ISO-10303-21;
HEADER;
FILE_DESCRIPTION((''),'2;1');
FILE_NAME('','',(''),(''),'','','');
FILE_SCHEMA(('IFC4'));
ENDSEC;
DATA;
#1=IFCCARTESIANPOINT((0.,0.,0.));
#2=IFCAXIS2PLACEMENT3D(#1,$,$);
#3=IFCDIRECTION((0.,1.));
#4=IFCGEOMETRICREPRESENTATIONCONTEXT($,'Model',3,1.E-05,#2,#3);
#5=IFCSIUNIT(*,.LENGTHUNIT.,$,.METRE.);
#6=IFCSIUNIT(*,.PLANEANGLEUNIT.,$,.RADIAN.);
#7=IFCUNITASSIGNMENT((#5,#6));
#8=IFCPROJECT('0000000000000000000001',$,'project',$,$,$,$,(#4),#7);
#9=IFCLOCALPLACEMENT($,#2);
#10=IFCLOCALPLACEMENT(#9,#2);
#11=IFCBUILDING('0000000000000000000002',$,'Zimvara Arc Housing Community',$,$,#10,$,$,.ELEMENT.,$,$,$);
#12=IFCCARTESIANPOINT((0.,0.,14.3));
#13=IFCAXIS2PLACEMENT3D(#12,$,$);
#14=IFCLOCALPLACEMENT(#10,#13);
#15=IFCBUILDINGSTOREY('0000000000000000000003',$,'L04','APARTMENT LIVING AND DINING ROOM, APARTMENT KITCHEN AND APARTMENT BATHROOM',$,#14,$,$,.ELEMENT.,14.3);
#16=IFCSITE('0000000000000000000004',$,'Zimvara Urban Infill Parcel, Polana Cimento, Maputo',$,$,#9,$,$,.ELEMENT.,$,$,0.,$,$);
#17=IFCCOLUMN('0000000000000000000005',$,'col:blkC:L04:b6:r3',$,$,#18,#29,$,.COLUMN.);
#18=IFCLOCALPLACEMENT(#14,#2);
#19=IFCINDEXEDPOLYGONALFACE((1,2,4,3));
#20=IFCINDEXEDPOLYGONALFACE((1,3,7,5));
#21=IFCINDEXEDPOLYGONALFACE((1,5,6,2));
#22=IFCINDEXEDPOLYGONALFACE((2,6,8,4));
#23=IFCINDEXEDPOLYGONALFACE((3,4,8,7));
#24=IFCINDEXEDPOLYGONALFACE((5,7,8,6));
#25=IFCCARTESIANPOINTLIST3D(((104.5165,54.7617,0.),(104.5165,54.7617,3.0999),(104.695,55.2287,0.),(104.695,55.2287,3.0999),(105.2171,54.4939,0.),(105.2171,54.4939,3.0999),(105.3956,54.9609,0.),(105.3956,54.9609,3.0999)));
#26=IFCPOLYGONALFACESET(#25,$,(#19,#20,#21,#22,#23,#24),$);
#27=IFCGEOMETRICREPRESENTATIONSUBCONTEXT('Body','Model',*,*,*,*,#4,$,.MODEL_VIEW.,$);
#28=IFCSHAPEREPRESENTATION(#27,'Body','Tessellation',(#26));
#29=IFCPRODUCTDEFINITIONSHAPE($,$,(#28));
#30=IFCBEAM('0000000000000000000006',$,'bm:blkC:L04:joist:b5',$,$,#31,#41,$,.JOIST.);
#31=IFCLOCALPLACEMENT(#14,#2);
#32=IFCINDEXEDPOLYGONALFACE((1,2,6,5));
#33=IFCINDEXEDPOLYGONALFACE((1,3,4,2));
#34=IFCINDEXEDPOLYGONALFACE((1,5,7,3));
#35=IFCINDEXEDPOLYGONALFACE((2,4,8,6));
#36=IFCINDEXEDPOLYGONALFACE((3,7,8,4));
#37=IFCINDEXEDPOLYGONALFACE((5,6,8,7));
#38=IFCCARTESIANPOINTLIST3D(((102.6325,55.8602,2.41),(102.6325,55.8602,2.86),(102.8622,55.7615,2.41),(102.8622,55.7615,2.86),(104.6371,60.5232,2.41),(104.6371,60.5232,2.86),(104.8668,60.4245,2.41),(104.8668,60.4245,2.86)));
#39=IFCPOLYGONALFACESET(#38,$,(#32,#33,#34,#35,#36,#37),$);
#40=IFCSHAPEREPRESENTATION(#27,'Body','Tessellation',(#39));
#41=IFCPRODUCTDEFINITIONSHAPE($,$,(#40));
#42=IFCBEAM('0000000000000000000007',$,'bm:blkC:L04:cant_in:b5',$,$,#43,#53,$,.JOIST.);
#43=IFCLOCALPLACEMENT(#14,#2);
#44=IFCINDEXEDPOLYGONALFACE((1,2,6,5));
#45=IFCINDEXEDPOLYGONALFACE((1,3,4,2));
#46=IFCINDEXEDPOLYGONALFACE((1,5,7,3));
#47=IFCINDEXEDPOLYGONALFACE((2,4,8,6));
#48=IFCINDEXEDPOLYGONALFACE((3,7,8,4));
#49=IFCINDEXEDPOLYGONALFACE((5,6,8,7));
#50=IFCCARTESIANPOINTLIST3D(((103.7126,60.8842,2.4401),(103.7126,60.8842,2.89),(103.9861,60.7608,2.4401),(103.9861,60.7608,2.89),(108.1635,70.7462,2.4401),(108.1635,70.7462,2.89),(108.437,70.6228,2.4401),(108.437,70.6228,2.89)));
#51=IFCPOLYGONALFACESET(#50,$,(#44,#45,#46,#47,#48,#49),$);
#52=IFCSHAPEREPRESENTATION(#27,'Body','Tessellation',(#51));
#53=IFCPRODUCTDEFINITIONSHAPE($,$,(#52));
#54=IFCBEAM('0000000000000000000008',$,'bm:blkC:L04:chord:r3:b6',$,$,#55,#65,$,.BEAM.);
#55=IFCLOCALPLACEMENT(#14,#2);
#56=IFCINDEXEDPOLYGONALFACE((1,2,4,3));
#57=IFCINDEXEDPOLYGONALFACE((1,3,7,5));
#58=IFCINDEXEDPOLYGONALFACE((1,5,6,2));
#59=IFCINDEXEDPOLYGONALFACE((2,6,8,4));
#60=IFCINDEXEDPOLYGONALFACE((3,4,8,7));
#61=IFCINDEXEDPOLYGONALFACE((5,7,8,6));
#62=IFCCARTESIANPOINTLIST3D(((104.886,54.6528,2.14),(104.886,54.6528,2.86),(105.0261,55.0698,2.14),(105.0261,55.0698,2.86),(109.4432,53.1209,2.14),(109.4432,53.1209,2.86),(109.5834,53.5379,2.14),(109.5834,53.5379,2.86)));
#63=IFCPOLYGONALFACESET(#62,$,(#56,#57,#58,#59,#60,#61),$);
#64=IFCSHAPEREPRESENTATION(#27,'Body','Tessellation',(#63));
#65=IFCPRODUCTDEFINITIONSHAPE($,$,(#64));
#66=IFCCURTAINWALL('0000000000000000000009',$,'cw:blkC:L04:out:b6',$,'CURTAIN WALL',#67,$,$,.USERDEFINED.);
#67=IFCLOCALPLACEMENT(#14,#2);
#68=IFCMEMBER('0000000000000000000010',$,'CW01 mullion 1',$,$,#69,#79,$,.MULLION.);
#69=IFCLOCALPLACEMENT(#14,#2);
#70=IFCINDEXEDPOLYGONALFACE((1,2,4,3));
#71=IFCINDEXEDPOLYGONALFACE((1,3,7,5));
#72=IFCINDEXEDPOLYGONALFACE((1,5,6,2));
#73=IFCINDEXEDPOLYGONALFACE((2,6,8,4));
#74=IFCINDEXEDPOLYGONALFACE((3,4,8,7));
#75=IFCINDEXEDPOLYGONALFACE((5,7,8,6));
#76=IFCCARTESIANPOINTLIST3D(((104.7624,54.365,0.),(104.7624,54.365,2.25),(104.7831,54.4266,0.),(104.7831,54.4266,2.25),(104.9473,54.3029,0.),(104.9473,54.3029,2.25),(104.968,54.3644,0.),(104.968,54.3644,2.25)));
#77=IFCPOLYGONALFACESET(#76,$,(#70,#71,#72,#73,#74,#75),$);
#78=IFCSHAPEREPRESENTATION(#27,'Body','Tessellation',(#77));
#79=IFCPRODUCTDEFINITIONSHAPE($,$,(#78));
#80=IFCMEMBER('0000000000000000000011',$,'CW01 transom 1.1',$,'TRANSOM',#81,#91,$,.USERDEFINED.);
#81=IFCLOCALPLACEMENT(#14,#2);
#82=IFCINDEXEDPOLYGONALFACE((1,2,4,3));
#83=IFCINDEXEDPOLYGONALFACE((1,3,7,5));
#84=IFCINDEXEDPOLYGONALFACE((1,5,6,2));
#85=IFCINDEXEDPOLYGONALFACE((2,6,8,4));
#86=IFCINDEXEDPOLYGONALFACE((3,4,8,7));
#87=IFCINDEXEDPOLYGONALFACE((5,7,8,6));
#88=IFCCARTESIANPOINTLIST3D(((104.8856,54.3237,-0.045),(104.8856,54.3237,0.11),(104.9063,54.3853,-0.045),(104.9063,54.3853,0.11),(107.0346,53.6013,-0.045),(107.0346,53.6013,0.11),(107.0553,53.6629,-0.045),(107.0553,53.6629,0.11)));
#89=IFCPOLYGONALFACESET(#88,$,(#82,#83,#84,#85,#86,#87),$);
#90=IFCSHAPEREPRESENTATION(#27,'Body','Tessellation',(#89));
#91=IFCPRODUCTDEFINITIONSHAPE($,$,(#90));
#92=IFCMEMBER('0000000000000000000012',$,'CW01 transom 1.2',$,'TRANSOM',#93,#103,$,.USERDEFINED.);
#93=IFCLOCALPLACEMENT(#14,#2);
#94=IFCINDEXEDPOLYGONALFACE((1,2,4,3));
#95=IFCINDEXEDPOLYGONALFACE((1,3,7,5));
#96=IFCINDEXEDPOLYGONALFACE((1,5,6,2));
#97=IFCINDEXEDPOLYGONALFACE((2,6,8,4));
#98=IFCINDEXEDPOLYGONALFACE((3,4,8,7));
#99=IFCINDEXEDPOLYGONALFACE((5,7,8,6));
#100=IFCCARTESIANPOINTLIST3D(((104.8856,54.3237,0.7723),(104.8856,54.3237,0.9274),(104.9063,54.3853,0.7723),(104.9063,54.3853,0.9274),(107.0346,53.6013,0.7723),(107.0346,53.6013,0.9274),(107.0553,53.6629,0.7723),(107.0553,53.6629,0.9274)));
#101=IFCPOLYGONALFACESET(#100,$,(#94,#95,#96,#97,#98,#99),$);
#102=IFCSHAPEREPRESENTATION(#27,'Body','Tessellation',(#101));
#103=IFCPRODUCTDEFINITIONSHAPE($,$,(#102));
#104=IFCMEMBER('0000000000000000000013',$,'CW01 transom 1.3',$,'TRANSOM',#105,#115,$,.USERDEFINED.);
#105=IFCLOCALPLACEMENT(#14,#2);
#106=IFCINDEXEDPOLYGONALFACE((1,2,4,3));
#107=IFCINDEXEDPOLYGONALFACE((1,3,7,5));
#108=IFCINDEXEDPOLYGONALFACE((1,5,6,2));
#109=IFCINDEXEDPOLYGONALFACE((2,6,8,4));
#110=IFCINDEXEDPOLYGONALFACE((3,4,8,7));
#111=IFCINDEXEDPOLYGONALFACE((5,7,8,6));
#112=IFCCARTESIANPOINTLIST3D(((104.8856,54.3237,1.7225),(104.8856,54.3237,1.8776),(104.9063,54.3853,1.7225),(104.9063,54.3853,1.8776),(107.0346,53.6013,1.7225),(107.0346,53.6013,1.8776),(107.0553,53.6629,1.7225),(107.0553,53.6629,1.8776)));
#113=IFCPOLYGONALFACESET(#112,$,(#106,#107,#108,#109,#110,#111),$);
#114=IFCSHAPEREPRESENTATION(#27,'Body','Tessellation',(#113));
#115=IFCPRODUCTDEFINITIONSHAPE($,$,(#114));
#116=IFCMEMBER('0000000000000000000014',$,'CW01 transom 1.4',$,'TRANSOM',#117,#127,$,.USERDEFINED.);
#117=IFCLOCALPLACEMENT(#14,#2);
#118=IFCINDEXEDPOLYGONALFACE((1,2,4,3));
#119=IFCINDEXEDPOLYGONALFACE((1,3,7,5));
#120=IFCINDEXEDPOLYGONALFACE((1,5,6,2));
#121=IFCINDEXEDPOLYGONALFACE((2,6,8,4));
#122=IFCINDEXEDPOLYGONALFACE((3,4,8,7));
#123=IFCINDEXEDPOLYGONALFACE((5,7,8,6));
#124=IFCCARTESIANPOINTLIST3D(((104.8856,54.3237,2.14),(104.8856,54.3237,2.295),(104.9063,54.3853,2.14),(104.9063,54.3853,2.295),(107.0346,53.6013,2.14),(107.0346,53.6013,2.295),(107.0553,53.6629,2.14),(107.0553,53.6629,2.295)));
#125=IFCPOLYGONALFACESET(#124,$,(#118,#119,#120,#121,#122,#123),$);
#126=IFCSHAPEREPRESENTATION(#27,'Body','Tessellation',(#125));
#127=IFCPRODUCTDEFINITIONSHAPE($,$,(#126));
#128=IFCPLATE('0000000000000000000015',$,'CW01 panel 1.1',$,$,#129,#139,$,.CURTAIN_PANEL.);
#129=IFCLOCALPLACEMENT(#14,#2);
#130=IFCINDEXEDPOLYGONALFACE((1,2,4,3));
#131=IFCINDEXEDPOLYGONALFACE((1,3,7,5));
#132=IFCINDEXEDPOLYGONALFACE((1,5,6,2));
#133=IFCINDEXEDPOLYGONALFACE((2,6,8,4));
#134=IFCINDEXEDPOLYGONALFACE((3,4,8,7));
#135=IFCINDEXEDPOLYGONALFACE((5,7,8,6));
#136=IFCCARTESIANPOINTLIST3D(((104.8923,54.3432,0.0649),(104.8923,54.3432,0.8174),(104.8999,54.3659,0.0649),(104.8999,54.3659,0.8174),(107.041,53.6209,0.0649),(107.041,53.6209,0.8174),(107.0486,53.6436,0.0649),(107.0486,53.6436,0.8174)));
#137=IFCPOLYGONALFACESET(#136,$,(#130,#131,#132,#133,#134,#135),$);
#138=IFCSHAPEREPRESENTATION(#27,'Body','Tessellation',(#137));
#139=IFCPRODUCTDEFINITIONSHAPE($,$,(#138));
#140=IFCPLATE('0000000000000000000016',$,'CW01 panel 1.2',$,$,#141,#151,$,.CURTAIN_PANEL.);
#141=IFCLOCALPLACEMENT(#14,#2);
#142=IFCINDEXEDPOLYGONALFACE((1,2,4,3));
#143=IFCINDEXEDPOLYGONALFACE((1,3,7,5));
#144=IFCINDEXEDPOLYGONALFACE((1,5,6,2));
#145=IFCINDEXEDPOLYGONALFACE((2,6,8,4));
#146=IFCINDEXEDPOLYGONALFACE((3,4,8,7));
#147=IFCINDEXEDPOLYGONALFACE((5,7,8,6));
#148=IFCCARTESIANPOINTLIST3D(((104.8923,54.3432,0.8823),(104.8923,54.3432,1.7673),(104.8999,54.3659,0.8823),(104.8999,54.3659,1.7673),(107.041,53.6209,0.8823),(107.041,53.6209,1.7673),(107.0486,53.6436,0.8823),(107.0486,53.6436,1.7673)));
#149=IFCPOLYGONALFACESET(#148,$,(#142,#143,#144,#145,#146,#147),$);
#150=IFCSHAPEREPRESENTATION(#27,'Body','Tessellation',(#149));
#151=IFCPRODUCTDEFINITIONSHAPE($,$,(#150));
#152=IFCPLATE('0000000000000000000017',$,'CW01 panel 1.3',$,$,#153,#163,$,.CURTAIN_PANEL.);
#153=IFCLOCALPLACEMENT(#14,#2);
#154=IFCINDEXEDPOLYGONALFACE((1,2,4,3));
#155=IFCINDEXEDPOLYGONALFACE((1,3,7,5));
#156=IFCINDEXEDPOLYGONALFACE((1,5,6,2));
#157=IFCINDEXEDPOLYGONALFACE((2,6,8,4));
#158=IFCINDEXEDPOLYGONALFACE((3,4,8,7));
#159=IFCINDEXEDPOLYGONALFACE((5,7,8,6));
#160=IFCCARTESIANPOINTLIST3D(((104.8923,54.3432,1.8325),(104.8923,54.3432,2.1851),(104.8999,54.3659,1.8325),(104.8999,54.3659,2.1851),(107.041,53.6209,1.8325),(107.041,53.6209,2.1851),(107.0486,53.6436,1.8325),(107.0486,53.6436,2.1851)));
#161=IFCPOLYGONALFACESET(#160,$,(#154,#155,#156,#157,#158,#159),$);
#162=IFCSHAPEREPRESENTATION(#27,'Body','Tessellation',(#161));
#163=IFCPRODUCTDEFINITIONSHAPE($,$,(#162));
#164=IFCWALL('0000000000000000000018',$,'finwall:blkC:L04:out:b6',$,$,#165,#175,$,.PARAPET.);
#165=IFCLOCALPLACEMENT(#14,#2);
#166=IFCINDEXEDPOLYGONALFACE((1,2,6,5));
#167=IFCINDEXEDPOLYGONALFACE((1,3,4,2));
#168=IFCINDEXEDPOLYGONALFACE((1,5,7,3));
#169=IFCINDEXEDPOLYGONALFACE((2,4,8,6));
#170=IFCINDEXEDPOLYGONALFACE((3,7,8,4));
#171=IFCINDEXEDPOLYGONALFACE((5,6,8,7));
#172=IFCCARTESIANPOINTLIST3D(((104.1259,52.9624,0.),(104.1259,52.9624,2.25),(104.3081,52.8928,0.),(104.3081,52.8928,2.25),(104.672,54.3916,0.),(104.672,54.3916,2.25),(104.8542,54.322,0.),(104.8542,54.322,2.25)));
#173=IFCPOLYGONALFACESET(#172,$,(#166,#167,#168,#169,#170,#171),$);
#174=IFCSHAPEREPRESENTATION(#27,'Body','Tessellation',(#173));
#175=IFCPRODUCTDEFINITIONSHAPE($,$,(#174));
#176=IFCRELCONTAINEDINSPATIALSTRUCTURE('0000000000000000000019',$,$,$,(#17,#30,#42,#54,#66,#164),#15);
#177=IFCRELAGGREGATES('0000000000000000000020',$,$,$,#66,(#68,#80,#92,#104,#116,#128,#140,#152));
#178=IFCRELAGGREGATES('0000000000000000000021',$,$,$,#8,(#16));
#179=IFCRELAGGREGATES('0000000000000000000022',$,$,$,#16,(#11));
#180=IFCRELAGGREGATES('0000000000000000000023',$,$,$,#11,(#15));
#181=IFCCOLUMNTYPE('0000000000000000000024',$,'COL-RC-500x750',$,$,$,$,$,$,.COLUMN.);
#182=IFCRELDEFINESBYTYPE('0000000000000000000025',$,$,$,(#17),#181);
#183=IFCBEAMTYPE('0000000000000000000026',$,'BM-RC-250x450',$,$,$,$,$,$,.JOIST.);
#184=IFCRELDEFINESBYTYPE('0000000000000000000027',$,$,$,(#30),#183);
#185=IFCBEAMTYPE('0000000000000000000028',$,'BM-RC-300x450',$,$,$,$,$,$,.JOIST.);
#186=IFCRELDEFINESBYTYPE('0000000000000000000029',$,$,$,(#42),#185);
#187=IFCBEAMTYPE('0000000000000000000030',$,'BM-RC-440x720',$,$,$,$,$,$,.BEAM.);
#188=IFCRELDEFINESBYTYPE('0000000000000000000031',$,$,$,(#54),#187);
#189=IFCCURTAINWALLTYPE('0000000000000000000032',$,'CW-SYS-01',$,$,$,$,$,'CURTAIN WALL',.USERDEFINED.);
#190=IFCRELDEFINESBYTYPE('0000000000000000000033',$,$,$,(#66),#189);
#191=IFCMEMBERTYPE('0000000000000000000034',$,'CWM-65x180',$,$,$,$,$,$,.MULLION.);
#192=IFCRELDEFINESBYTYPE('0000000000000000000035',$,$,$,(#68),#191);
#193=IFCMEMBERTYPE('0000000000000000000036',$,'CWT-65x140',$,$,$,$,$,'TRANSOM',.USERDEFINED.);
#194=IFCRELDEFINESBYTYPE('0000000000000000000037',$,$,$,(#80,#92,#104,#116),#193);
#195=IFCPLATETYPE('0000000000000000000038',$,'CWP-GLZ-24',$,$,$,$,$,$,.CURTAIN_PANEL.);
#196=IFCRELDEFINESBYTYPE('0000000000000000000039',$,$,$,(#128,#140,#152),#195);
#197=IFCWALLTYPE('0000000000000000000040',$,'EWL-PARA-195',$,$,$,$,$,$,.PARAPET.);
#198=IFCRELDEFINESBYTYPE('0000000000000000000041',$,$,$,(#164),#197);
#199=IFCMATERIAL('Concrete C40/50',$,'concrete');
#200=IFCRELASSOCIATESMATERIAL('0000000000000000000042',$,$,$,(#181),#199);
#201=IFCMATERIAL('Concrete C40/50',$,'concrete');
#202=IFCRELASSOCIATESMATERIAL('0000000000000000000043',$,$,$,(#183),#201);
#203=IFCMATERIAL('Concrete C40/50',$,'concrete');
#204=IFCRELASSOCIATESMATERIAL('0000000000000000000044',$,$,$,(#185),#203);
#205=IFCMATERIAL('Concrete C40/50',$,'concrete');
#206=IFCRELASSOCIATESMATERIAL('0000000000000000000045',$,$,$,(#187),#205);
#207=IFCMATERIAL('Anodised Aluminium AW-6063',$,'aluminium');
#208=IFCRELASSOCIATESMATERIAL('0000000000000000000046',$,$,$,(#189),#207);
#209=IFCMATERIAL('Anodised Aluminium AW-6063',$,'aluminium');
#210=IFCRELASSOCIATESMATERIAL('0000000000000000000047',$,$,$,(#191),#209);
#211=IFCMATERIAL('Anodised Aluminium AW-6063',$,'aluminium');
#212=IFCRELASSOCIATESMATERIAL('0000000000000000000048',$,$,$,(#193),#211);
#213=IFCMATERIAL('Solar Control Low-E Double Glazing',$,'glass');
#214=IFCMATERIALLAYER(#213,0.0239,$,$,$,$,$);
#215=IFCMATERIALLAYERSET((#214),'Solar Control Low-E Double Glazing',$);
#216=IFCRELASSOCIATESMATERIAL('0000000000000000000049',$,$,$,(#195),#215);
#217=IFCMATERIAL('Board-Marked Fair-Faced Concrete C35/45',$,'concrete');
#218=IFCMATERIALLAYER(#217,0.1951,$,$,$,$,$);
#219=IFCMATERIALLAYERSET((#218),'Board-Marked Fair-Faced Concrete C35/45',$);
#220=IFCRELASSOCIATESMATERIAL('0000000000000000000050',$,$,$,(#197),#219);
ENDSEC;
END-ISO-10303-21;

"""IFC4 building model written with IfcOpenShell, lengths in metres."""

from ifc_helpers import new_model, si_unit, direction, frame, frame_2d, origin, origin_2d, place, context, subcontext, project, spatial, rectangle, extrude, material, layer, layer_set, material_profile, profile_set, type_object, element, aggregate, save


model = new_model("IFC4")

# Units and contexts
model_context = context("Model", 3, precision=1e-05, world=origin(), true_north=direction((0.0, 1.0)))
body_context = subcontext(model_context, "Body", "Model", "MODEL_VIEW")
ifc_project = project(units=[si_unit("LENGTHUNIT", "METRE"), si_unit("PLANEANGLEUNIT", "RADIAN")], contexts=[model_context])

# Site, building, storey
site_placement = place(None, origin())
site = spatial("IfcSite", under=ifc_project, at=site_placement, Name="Zimvara Urban Infill Parcel, Polana Cimento, Maputo", CompositionType="ELEMENT", RefElevation=0.0)
building_placement = place(site_placement, origin())
building = spatial("IfcBuilding", under=site, at=building_placement, Name="Zimvara Arc Housing Community", CompositionType="ELEMENT")
storey_placement = place(building_placement, frame((0.0, 0.0, 14.3)))
storey = spatial("IfcBuildingStorey", under=building, at=storey_placement, Name="L04", Description="APARTMENT LIVING AND DINING ROOM, APARTMENT KITCHEN AND APARTMENT BATHROOM", CompositionType="ELEMENT", Elevation=14.3)

# Column
ifc_material_1 = material(Name="Concrete C40/50", Category="concrete")
ifc_material_profile_1 = material_profile(ifc_material_1, rectangle(XDim=0.5, YDim=0.75, at=origin_2d()), Name="RC 500x750")
ifc_profile_set_1 = profile_set([ifc_material_profile_1], Name="Concrete C40/50")
column_type = type_object("IfcColumnType", Name="COL-RC-500x750", PredefinedType="COLUMN", material=ifc_profile_set_1)
column_placement = place(storey_placement, frame((104.9561, 54.8613, 0.0), z_axis=(0.0, 0.0, 1.0), x_axis=(-0.357064, -0.93408, 0.0)))
element("IfcColumn", 1, at=column_placement, inside=storey, type_object=column_type, Name="col:blkC:L04:b6:r3", PredefinedType="COLUMN", context=body_context, shape_type="SweptSolid", body=[
    extrude(rectangle(XDim=0.5, YDim=0.75, at=origin_2d()), origin(), (0.0, 0.0, 1.0), 3.0999),
])

# Beams
ifc_material_2 = material(Name="Concrete C40/50", Category="concrete")
ifc_material_profile_2 = material_profile(ifc_material_2, rectangle(XDim=0.25, YDim=0.45, at=origin_2d()), Name="RC 250x450")
ifc_profile_set_2 = profile_set([ifc_material_profile_2], Name="Concrete C40/50")
beam_type_1 = type_object("IfcBeamType", Name="BM-RC-250x450", PredefinedType="JOIST", material=ifc_profile_set_2)
beam_1_placement = place(storey_placement, frame((104.752, 60.4739, 2.635), z_axis=(-0.394947, -0.918704, 0.0), x_axis=(0.918704, -0.394947, 0.0)))
element("IfcBeam", 2, at=beam_1_placement, inside=storey, type_object=beam_type_1, Name="bm:blkC:L04:joist:b5", PredefinedType="JOIST", context=body_context, shape_type="SweptSolid", body=[
    extrude(rectangle(XDim=0.25, YDim=0.45, at=origin_2d()), origin(), (0.0, 0.0, 1.0), 5.0757),
])
ifc_material_3 = material(Name="Concrete C40/50", Category="concrete")
ifc_material_profile_3 = material_profile(ifc_material_3, rectangle(XDim=0.3, YDim=0.45, at=origin_2d()), Name="RC 300x450")
ifc_profile_set_3 = profile_set([ifc_material_profile_3], Name="Concrete C40/50")
beam_type_2 = type_object("IfcBeamType", Name="BM-RC-300x450", PredefinedType="JOIST", material=ifc_profile_set_3)
beam_2_placement = place(storey_placement, frame((103.8494, 60.8225, 2.665), z_axis=(0.411364, 0.911471, 0.0), x_axis=(-0.911471, 0.411364, 0.0)))
element("IfcBeam", 3, at=beam_2_placement, inside=storey, type_object=beam_type_2, Name="bm:blkC:L04:cant_in:b5", PredefinedType="JOIST", context=body_context, shape_type="SweptSolid", body=[
    extrude(rectangle(XDim=0.3, YDim=0.45, at=origin_2d()), origin(), (0.0, 0.0, 1.0), 10.8198),
])
ifc_material_4 = material(Name="Concrete C40/50", Category="concrete")
ifc_material_profile_4 = material_profile(ifc_material_4, rectangle(XDim=0.4399, YDim=0.72, at=origin_2d()), Name="RC 440x720")
ifc_profile_set_4 = profile_set([ifc_material_profile_4], Name="Concrete C40/50")
beam_type_3 = type_object("IfcBeamType", Name="BM-RC-440x720", PredefinedType="BEAM", material=ifc_profile_set_4)
beam_3_placement = place(storey_placement, frame((104.9561, 54.8613, 2.5), z_axis=(0.947878, -0.318634, 0.0), x_axis=(0.318634, 0.947878, 0.0)))
element("IfcBeam", 4, at=beam_3_placement, inside=storey, type_object=beam_type_3, Name="bm:blkC:L04:chord:r3:b6", PredefinedType="BEAM", context=body_context, shape_type="SweptSolid", body=[
    extrude(rectangle(XDim=0.4399, YDim=0.72, at=origin_2d()), origin(), (0.0, 0.0, 1.0), 4.8079),
])

# Curtain wall, members, plates
ifc_material_5 = material(Name="Anodised Aluminium AW-6063", Category="aluminium")
curtain_wall_type = type_object("IfcCurtainWallType", Name="CW-SYS-01", ElementType="CURTAIN WALL", PredefinedType="USERDEFINED", material=ifc_material_5)
curtain_wall_placement = place(storey_placement, origin())
curtain_wall = element("IfcCurtainWall", 5, at=curtain_wall_placement, inside=storey, type_object=curtain_wall_type, Name="cw:blkC:L04:out:b6", ObjectType="CURTAIN WALL", PredefinedType="USERDEFINED")
ifc_material_6 = material(Name="Anodised Aluminium AW-6063", Category="aluminium")
ifc_material_profile_5 = material_profile(ifc_material_6, rectangle(XDim=0.0649, YDim=0.1951, at=origin_2d()), Name="ALU 65x195")
ifc_profile_set_5 = profile_set([ifc_material_profile_5], Name="Anodised Aluminium AW-6063")
member_type_1 = type_object("IfcMemberType", Name="CWM-65x180", PredefinedType="MULLION", material=ifc_profile_set_5)
member_1_placement = place(storey_placement, frame((104.8652, 54.3647, 0.0), z_axis=(0.0, 0.0, 1.0), x_axis=(0.318629, 0.94788, 0.0)))
member_1 = element("IfcMember", 6, at=member_1_placement, type_object=member_type_1, Name="CW01 mullion 1", PredefinedType="MULLION", context=body_context, shape_type="SweptSolid", body=[
    extrude(rectangle(XDim=0.0649, YDim=0.1951, at=origin_2d()), origin(), (0.0, 0.0, 1.0), 2.25),
])
ifc_material_7 = material(Name="Anodised Aluminium AW-6063", Category="aluminium")
ifc_material_profile_6 = material_profile(ifc_material_7, rectangle(XDim=0.0649, YDim=0.155, at=origin_2d()), Name="ALU 65x155")
ifc_profile_set_6 = profile_set([ifc_material_profile_6], Name="Anodised Aluminium AW-6063")
member_type_2 = type_object("IfcMemberType", Name="CWT-65x140", ElementType="TRANSOM", PredefinedType="USERDEFINED", material=ifc_profile_set_6)
member_2_placement = place(storey_placement, frame((104.896, 54.3545, 0.0325), z_axis=(0.947873, -0.31865, 0.0), x_axis=(0.31865, 0.947873, 0.0)))
member_2 = element("IfcMember", 7, at=member_2_placement, type_object=member_type_2, Name="CW01 transom 1.1", ObjectType="TRANSOM", PredefinedType="USERDEFINED", context=body_context, shape_type="SweptSolid", body=[
    extrude(rectangle(XDim=0.0649, YDim=0.155, at=origin_2d()), origin(), (0.0, 0.0, 1.0), 2.2671),
])
member_3_placement = place(storey_placement, frame((104.896, 54.3545, 0.8499), z_axis=(0.947873, -0.31865, 0.0), x_axis=(0.31865, 0.947873, 0.0)))
member_3 = element("IfcMember", 8, at=member_3_placement, type_object=member_type_2, Name="CW01 transom 1.2", ObjectType="TRANSOM", PredefinedType="USERDEFINED", context=body_context, shape_type="SweptSolid", body=[
    extrude(rectangle(XDim=0.0649, YDim=0.155, at=origin_2d()), origin(), (0.0, 0.0, 1.0), 2.2671),
])
member_4_placement = place(storey_placement, frame((104.896, 54.3545, 1.8), z_axis=(0.947873, -0.31865, 0.0), x_axis=(0.31865, 0.947873, 0.0)))
member_4 = element("IfcMember", 9, at=member_4_placement, type_object=member_type_2, Name="CW01 transom 1.3", ObjectType="TRANSOM", PredefinedType="USERDEFINED", context=body_context, shape_type="SweptSolid", body=[
    extrude(rectangle(XDim=0.0649, YDim=0.155, at=origin_2d()), origin(), (0.0, 0.0, 1.0), 2.2671),
])
member_5_placement = place(storey_placement, frame((104.896, 54.3545, 2.2175), z_axis=(0.947873, -0.31865, 0.0), x_axis=(0.31865, 0.947873, 0.0)))
member_5 = element("IfcMember", 10, at=member_5_placement, type_object=member_type_2, Name="CW01 transom 1.4", ObjectType="TRANSOM", PredefinedType="USERDEFINED", context=body_context, shape_type="SweptSolid", body=[
    extrude(rectangle(XDim=0.0649, YDim=0.155, at=origin_2d()), origin(), (0.0, 0.0, 1.0), 2.2671),
])
ifc_material_8 = material(Name="Solar Control Low-E Double Glazing", Category="glass")
ifc_layer_1 = layer(ifc_material_8, 0.0239)
ifc_layer_set_1 = layer_set([ifc_layer_1], Name="Solar Control Low-E Double Glazing")
plate_type = type_object("IfcPlateType", Name="CWP-GLZ-24", PredefinedType="CURTAIN_PANEL", material=ifc_layer_set_1)
plate_1_placement = place(storey_placement, frame((105.9705, 53.9934, 0.0649), z_axis=(0.0, 0.0, 1.0), x_axis=(0.94788, -0.318629, 0.0)))
plate_1 = element("IfcPlate", 11, at=plate_1_placement, type_object=plate_type, Name="CW01 panel 1.1", PredefinedType="CURTAIN_PANEL", context=body_context, shape_type="SweptSolid", body=[
    extrude(rectangle(XDim=2.2668, YDim=0.0239, at=origin_2d()), origin(), (0.0, 0.0, 1.0), 0.7524),
])
plate_2_placement = place(storey_placement, frame((105.9705, 53.9934, 0.8823), z_axis=(0.0, 0.0, 1.0), x_axis=(0.94788, -0.318629, 0.0)))
plate_2 = element("IfcPlate", 12, at=plate_2_placement, type_object=plate_type, Name="CW01 panel 1.2", PredefinedType="CURTAIN_PANEL", context=body_context, shape_type="SweptSolid", body=[
    extrude(rectangle(XDim=2.2668, YDim=0.0239, at=origin_2d()), origin(), (0.0, 0.0, 1.0), 0.885),
])
plate_3_placement = place(storey_placement, frame((105.9705, 53.9934, 1.8325), z_axis=(0.0, 0.0, 1.0), x_axis=(0.94788, -0.318629, 0.0)))
plate_3 = element("IfcPlate", 13, at=plate_3_placement, type_object=plate_type, Name="CW01 panel 1.3", PredefinedType="CURTAIN_PANEL", context=body_context, shape_type="SweptSolid", body=[
    extrude(rectangle(XDim=2.2668, YDim=0.0239, at=origin_2d()), origin(), (0.0, 0.0, 1.0), 0.3525),
])
aggregate(curtain_wall, [member_1, member_2, member_3, member_4, member_5, plate_1, plate_2, plate_3])

# Wall
ifc_material_9 = material(Name="Board-Marked Fair-Faced Concrete C35/45", Category="concrete")
ifc_layer_2 = layer(ifc_material_9, 0.1951)
ifc_layer_set_2 = layer_set([ifc_layer_2], Name="Board-Marked Fair-Faced Concrete C35/45")
wall_type_1 = type_object("IfcWallType", Name="EWL-PARA-195", PredefinedType="PARAPET", material=ifc_layer_set_2)
wall_1_placement = place(storey_placement, frame((104.7632, 54.3569, 0.0), z_axis=(0.0, 0.0, 1.0), x_axis=(-0.356957, -0.934121, 0.0)))
element("IfcWall", 14, at=wall_1_placement, inside=storey, type_object=wall_type_1, Name="finwall:blkC:L04:out:b6", PredefinedType="PARAPET", context=body_context, shape_type="SweptSolid", body=[
    extrude(rectangle(XDim=1.53, YDim=0.1951, at=frame_2d((0.7651, 0.0))), origin(), (0.0, 0.0, 1.0), 2.25),
])

save(model, "model.ifc")
